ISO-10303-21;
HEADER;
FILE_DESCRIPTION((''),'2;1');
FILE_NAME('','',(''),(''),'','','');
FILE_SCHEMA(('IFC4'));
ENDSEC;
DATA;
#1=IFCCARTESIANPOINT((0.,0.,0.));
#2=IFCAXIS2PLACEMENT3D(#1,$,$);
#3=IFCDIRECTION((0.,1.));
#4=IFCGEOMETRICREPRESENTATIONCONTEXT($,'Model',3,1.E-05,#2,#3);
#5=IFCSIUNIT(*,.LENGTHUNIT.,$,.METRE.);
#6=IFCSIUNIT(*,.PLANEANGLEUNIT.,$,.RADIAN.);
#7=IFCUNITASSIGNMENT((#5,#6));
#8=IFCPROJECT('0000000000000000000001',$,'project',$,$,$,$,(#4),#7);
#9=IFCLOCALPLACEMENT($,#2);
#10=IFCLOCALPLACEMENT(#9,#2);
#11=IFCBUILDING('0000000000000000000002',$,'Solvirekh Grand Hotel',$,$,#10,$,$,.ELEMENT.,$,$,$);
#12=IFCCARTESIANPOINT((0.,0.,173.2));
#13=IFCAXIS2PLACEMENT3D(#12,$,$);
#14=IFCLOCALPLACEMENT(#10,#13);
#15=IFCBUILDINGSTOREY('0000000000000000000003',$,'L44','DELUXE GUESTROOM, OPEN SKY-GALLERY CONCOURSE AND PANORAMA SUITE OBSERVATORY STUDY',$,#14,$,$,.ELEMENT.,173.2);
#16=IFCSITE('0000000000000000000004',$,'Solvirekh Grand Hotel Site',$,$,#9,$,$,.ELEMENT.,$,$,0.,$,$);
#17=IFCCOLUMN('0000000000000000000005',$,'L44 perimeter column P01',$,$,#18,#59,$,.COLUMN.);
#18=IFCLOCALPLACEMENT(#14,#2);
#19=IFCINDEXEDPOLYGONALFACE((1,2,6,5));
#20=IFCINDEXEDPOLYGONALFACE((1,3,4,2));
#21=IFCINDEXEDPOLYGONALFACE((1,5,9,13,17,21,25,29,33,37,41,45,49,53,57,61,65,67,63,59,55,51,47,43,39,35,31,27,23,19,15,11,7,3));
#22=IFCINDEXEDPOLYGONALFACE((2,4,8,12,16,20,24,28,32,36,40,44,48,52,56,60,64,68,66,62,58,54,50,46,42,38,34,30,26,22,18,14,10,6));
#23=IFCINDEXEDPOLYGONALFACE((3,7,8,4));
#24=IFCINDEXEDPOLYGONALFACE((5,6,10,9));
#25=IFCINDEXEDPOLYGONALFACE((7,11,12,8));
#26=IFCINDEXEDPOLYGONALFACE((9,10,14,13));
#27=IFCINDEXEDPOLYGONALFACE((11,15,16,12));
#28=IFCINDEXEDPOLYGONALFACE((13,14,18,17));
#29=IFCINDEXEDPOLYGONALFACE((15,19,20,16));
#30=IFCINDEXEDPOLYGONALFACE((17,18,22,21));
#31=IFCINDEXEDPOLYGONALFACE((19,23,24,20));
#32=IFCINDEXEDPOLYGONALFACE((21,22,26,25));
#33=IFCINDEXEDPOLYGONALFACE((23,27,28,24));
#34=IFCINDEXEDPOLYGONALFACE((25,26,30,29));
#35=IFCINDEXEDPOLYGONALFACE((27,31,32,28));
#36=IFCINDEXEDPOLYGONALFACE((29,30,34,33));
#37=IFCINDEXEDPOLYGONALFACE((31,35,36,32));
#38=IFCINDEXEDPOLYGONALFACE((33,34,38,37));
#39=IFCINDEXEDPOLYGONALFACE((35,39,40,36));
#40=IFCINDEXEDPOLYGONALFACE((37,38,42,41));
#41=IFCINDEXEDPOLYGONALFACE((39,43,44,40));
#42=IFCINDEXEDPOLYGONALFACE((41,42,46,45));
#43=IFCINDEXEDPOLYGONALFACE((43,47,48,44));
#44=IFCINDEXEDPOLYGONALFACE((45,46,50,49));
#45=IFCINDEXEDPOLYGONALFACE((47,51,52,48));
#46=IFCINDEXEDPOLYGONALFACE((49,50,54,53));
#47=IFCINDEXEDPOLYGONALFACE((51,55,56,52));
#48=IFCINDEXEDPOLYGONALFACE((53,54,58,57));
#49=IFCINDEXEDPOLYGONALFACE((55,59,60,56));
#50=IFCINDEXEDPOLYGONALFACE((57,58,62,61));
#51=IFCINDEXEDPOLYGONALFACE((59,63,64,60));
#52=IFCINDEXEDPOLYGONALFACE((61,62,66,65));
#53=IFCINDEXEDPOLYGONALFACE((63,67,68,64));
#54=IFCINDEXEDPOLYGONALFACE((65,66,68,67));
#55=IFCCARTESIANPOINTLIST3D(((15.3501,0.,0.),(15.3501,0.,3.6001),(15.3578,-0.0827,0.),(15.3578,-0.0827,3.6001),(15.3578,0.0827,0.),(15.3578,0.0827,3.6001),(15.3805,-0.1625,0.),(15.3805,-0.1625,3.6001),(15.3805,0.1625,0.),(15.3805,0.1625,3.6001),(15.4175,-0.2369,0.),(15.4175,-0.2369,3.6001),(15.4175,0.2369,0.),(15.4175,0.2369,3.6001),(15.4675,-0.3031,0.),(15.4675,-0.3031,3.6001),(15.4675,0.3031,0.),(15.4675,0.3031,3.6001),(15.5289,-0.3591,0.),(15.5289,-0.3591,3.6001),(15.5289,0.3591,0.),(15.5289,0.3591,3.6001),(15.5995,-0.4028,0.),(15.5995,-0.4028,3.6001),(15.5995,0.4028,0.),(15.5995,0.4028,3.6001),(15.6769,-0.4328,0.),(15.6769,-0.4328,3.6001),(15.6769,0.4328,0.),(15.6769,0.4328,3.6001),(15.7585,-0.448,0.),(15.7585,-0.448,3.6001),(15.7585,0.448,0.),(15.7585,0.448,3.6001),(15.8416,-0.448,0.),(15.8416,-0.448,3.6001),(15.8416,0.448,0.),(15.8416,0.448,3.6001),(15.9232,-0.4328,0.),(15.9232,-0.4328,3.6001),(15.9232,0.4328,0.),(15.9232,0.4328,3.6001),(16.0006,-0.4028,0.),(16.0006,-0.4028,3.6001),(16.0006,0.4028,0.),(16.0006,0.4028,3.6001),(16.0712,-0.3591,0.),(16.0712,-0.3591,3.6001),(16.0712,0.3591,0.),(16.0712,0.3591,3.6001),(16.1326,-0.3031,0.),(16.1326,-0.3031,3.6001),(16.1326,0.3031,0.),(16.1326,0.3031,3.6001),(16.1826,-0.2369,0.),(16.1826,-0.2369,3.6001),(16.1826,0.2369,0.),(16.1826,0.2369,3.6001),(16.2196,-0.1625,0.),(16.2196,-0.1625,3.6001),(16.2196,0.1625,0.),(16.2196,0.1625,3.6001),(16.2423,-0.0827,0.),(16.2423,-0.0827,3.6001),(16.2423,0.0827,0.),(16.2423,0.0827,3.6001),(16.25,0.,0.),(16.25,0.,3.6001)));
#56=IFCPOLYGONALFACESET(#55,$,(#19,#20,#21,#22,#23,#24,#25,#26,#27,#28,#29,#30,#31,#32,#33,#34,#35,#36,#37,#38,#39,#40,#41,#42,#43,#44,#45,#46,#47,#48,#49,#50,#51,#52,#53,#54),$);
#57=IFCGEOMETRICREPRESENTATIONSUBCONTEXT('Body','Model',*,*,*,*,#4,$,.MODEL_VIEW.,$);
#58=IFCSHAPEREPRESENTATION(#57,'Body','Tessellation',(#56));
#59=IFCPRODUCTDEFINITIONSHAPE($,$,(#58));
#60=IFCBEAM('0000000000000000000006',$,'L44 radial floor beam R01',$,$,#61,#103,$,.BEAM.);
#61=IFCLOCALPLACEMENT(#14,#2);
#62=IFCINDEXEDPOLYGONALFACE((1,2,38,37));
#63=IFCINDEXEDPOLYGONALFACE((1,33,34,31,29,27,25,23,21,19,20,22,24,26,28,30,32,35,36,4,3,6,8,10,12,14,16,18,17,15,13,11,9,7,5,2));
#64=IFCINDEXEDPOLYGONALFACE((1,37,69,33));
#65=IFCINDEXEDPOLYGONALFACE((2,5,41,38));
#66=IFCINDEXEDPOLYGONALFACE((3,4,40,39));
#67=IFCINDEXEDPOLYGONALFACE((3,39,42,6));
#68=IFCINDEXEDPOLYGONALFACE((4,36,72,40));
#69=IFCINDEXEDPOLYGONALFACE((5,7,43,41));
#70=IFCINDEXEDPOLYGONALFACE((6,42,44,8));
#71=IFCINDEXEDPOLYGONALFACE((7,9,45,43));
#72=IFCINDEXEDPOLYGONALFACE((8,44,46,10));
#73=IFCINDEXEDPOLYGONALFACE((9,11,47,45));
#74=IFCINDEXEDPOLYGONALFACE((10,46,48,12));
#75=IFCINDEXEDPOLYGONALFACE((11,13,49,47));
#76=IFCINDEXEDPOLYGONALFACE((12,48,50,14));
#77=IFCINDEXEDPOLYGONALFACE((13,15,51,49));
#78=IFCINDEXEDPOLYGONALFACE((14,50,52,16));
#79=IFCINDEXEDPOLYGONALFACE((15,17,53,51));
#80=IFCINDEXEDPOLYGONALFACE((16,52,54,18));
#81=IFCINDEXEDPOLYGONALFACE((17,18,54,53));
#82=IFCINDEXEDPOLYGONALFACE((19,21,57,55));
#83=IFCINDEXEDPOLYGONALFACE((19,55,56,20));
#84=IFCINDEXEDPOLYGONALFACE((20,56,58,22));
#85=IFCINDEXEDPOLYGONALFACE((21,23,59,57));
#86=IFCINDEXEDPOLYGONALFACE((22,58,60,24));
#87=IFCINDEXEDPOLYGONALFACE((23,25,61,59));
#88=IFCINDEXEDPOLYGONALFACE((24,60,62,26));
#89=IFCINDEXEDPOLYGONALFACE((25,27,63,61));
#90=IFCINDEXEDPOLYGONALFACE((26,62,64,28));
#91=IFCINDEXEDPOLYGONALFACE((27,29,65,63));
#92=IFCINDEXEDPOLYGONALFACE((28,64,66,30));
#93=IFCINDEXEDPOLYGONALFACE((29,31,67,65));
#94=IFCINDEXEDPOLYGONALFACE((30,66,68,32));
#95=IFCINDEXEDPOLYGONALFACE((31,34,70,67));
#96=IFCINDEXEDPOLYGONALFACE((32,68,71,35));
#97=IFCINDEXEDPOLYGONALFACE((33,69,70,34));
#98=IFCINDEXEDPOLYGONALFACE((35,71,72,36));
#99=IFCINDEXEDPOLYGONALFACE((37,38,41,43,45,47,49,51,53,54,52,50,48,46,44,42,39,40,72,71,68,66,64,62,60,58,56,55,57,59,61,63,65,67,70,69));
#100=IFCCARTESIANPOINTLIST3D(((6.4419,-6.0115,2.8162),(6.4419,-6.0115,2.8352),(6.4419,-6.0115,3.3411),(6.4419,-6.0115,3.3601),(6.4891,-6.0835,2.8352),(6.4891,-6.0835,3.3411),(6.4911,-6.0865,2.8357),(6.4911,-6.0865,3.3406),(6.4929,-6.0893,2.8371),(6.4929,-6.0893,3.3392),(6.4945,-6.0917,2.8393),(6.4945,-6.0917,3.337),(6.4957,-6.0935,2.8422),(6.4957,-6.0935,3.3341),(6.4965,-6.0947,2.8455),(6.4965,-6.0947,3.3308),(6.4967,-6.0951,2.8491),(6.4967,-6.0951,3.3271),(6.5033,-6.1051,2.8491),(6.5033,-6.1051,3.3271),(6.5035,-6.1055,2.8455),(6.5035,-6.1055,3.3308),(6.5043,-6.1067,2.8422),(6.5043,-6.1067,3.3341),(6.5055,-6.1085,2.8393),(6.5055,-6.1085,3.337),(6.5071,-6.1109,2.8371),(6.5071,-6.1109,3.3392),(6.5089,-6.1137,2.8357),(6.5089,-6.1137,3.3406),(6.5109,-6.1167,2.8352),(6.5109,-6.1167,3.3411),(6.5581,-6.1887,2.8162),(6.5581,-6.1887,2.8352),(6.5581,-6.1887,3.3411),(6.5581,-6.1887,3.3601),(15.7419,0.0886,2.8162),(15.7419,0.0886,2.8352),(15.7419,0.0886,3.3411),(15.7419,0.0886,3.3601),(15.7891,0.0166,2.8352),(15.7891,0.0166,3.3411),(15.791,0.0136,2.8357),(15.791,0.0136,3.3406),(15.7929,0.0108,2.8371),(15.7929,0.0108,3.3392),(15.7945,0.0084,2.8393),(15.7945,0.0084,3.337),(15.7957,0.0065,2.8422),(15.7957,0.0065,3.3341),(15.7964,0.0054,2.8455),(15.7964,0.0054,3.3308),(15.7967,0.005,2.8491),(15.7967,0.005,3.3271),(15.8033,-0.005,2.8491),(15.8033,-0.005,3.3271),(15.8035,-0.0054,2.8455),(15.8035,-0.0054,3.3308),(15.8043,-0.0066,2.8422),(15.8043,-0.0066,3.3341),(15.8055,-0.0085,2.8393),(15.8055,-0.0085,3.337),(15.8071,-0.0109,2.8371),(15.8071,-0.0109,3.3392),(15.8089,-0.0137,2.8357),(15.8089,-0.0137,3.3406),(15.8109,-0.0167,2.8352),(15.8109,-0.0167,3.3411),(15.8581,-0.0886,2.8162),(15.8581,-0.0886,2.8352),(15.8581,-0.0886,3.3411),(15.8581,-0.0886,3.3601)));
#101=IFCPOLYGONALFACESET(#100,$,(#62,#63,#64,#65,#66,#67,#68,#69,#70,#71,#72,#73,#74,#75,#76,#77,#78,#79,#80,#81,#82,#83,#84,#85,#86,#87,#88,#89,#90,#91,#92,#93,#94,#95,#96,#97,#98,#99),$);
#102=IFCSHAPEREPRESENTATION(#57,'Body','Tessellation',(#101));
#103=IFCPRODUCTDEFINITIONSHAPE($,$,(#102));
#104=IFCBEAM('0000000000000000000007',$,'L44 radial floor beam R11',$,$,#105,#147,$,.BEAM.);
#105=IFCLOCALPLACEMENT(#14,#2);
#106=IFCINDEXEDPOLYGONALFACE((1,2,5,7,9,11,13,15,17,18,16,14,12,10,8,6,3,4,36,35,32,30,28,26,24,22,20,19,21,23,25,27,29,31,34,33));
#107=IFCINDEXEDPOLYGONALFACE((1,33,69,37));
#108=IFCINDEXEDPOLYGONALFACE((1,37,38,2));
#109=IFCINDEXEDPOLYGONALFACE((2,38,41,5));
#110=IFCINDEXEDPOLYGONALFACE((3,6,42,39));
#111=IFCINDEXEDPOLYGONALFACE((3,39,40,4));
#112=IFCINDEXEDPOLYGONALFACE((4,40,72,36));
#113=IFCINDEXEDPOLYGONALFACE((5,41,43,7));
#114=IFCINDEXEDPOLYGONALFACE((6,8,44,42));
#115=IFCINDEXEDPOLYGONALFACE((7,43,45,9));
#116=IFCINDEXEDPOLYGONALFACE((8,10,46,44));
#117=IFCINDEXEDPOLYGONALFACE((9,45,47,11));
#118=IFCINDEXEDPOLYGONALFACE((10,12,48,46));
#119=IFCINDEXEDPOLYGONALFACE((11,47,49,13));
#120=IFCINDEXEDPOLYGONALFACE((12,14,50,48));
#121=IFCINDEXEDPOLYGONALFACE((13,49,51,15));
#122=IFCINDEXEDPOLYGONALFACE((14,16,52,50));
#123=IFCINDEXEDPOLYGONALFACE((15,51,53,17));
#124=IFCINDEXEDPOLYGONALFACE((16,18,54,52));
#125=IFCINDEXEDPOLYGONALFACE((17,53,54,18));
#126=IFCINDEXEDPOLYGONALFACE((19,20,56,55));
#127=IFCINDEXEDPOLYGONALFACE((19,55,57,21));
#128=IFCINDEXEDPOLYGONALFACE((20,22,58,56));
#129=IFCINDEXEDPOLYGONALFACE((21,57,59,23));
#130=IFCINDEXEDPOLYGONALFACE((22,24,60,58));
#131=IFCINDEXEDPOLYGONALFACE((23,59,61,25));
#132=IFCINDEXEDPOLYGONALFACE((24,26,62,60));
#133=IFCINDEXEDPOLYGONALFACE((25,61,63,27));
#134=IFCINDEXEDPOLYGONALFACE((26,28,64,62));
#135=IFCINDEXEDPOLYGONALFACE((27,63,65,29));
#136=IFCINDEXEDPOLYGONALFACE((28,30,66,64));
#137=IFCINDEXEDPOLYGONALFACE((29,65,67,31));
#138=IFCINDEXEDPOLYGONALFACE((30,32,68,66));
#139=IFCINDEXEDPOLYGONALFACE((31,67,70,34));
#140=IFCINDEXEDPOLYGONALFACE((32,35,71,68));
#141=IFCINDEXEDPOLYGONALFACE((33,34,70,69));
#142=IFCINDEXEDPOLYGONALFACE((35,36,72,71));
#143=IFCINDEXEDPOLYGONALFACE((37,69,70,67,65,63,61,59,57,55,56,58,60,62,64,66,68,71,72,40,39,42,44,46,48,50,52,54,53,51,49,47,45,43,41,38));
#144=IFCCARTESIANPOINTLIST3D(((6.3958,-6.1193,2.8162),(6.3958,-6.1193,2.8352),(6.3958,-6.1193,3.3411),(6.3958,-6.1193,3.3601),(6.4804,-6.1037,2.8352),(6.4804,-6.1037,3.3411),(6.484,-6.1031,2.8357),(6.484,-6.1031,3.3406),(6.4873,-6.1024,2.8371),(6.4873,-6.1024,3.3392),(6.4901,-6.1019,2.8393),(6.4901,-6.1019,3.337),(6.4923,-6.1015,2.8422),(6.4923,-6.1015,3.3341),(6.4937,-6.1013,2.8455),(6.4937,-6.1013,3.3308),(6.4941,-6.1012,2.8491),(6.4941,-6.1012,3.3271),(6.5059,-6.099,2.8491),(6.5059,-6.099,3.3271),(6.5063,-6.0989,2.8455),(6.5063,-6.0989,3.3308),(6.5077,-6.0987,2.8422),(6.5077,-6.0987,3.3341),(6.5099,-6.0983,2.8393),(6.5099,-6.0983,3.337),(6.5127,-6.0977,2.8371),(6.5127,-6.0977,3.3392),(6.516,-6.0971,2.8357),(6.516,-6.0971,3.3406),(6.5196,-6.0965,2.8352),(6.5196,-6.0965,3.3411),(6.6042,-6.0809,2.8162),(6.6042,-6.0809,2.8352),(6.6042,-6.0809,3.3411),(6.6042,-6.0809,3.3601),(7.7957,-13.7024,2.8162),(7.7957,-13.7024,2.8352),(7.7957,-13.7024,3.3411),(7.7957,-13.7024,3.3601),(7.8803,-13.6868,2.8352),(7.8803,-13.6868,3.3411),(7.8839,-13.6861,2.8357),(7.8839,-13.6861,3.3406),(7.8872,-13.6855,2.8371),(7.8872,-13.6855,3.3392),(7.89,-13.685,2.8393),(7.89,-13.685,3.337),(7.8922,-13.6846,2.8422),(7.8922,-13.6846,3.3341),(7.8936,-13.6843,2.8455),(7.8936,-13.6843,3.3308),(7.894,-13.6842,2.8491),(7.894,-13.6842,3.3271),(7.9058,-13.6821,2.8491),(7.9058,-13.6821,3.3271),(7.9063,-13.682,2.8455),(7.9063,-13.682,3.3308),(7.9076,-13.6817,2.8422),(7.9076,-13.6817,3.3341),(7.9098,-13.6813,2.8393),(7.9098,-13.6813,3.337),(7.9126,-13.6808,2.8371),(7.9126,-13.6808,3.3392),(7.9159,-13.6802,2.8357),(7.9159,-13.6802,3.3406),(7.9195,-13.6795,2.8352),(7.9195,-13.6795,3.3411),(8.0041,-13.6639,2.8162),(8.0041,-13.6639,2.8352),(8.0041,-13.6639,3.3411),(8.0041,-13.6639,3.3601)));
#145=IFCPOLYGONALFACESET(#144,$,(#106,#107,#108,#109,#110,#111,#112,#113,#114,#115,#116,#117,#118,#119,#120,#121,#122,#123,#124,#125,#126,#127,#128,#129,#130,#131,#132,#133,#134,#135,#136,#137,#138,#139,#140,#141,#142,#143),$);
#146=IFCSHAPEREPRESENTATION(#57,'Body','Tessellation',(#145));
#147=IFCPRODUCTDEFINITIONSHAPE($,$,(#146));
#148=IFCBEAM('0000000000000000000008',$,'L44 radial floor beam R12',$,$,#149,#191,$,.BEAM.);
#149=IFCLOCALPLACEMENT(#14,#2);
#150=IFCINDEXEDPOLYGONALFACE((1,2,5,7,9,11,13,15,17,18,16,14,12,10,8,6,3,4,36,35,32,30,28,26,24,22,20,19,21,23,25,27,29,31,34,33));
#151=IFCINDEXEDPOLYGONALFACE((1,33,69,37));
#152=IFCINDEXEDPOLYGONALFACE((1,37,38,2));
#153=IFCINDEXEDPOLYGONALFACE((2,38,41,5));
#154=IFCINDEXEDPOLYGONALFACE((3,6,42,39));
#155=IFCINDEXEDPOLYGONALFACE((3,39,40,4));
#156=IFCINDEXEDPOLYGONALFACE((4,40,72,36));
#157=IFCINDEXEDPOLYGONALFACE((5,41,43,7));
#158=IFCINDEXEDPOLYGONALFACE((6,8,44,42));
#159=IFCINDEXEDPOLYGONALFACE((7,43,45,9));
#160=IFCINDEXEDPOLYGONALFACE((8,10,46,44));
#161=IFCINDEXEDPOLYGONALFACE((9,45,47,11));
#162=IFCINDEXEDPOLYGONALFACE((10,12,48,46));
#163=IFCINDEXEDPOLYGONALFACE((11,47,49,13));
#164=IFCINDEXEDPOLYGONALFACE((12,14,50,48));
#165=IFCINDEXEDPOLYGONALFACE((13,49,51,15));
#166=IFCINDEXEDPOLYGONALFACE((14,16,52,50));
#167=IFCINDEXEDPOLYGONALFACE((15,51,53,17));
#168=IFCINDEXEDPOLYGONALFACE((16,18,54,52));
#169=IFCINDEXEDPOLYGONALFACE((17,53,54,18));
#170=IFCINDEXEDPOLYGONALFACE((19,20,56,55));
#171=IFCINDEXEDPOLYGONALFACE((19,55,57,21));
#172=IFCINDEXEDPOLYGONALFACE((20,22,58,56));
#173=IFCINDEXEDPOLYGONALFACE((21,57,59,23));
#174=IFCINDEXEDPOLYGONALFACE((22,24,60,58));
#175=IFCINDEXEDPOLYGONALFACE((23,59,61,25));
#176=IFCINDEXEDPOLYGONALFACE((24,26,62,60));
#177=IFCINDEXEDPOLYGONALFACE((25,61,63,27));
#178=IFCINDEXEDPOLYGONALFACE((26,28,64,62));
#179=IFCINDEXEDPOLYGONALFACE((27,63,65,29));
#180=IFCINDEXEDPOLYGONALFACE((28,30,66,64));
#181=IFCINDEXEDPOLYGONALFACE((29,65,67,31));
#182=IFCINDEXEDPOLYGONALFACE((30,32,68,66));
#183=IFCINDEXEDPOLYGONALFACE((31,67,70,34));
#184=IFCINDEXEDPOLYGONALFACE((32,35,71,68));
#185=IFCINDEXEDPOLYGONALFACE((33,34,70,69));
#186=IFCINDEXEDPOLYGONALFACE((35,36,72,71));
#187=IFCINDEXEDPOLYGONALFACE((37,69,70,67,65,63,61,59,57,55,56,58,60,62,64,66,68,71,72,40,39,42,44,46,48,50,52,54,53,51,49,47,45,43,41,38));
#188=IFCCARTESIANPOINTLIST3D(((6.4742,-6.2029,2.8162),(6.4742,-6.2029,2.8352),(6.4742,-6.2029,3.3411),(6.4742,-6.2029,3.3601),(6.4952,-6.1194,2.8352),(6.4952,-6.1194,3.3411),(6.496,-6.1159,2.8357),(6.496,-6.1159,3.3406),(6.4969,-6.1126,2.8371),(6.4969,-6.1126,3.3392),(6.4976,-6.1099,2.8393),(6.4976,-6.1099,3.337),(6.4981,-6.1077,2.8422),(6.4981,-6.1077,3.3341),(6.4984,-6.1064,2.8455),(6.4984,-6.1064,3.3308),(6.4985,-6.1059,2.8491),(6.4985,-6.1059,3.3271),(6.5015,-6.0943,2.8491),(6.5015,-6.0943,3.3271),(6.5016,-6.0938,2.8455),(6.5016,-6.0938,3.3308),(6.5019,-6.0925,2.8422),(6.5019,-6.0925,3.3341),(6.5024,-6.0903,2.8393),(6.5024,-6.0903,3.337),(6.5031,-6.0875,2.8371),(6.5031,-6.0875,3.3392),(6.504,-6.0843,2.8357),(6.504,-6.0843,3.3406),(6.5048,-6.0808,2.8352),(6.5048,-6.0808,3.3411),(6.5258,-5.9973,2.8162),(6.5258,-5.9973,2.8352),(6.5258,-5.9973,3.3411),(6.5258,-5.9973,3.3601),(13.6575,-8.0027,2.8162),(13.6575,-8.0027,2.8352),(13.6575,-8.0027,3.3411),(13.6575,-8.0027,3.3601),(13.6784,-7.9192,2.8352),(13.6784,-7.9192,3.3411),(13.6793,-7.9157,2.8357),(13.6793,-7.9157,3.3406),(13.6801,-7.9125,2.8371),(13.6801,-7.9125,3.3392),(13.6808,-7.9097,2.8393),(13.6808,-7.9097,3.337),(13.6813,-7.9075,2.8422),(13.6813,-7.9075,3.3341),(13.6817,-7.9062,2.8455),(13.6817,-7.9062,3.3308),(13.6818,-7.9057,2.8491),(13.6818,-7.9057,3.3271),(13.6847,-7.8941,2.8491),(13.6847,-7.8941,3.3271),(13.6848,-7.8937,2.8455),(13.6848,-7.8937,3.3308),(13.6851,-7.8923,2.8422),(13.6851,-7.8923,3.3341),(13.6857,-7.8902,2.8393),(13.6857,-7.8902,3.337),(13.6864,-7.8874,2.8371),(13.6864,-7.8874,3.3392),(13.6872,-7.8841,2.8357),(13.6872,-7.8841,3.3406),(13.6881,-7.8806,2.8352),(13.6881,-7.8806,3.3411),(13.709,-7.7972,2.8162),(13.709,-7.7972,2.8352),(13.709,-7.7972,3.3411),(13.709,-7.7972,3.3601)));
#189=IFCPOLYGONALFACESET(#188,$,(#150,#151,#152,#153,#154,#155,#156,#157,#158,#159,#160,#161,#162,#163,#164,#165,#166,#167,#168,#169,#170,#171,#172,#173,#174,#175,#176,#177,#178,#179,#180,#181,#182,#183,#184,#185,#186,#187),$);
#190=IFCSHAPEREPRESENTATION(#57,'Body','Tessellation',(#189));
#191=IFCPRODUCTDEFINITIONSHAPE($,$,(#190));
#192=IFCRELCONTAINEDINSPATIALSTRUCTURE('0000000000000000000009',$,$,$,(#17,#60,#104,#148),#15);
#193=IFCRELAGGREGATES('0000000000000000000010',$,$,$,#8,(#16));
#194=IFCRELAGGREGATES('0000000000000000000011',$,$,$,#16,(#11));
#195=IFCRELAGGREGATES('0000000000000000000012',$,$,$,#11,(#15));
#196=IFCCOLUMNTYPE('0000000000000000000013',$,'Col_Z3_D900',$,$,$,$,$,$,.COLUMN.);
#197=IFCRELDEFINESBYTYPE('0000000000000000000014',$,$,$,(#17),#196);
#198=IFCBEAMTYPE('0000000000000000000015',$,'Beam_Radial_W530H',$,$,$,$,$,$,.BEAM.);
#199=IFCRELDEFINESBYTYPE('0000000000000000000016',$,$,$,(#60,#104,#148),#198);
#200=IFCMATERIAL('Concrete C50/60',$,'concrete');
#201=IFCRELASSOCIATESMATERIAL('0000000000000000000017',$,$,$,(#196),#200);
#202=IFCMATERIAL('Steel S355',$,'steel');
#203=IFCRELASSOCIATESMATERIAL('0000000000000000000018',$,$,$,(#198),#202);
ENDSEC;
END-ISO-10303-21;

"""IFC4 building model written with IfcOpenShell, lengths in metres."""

from ifc_helpers import new_model, si_unit, direction, frame, origin, origin_2d, place, context, subcontext, project, spatial, circle, i_section, extrude, material, material_profile, profile_set, type_object, element, save


model = new_model("IFC4")

# Units and contexts
model_context = context("Model", 3, precision=1e-05, world=origin(), true_north=direction((0.0, 1.0)))
body_context = subcontext(model_context, "Body", "Model", "MODEL_VIEW")
ifc_project = project(units=[si_unit("LENGTHUNIT", "METRE"), si_unit("PLANEANGLEUNIT", "RADIAN")], contexts=[model_context])

# Site, building, storey
site_placement = place(None, origin())
site = spatial("IfcSite", under=ifc_project, at=site_placement, Name="Solvirekh Grand Hotel Site", CompositionType="ELEMENT", RefElevation=0.0)
building_placement = place(site_placement, origin())
building = spatial("IfcBuilding", under=site, at=building_placement, Name="Solvirekh Grand Hotel", CompositionType="ELEMENT")
storey_placement = place(building_placement, frame((0.0, 0.0, 173.2)))
storey = spatial("IfcBuildingStorey", under=building, at=storey_placement, Name="L44", Description="DELUXE GUESTROOM, OPEN SKY-GALLERY CONCOURSE AND PANORAMA SUITE OBSERVATORY STUDY", CompositionType="ELEMENT", Elevation=173.2)

# Column
ifc_material_1 = material(Name="Concrete C50/60", Category="concrete")
ifc_material_profile_1 = material_profile(ifc_material_1, circle(Radius=0.45, at=origin_2d()), Name="RC CIRC D900")
ifc_profile_set_1 = profile_set([ifc_material_profile_1], Name="Concrete C50/60")
column_type = type_object("IfcColumnType", Name="Col_Z3_D900", PredefinedType="COLUMN", material=ifc_profile_set_1)
column_placement = place(storey_placement, frame((15.8, 0.0, 0.0), z_axis=(0.0, 0.0, 1.0), x_axis=(1.0, 0.0, 0.0)))
element("IfcColumn", 1, at=column_placement, inside=storey, type_object=column_type, Name="L44 perimeter column P01", PredefinedType="COLUMN", context=body_context, shape_type="SweptSolid", body=[
    extrude(circle(Radius=0.45, at=origin_2d()), origin(), (0.0, 0.0, 1.0), 3.6001),
])

# Beams
ifc_material_2 = material(Name="Steel S355", Category="steel")
ifc_material_profile_2 = material_profile(ifc_material_2, i_section(OverallWidth=0.2119, OverallDepth=0.5439, WebThickness=0.012, FlangeThickness=0.019, FilletRadius=0.0139, at=origin_2d()), Name="W530X123")
ifc_profile_set_2 = profile_set([ifc_material_profile_2], Name="Steel S355")
beam_type_1 = type_object("IfcBeamType", Name="Beam_Radial_W530H", PredefinedType="BEAM", material=ifc_profile_set_2)
beam_1_placement = place(storey_placement, frame((6.5, -6.1001, 3.0881), z_axis=(0.836174, 0.548464, 0.0), x_axis=(-0.548464, 0.836174, 0.0)))
element("IfcBeam", 2, at=beam_1_placement, inside=storey, type_object=beam_type_1, Name="L44 radial floor beam R01", PredefinedType="BEAM", context=body_context, shape_type="SweptSolid", body=[
    extrude(i_section(OverallWidth=0.2119, OverallDepth=0.5439, WebThickness=0.012, FlangeThickness=0.019, FilletRadius=0.0139, at=origin_2d()), origin(), (0.0, 0.0, 1.0), 11.1221),
])
beam_2_placement = place(storey_placement, frame((6.5, -6.1001, 3.0881), z_axis=(0.181543, -0.983383, 0.0), x_axis=(0.983383, 0.181543, 0.0)))
element("IfcBeam", 3, at=beam_2_placement, inside=storey, type_object=beam_type_1, Name="L44 radial floor beam R11", PredefinedType="BEAM", context=body_context, shape_type="SweptSolid", body=[
    extrude(i_section(OverallWidth=0.2119, OverallDepth=0.5439, WebThickness=0.012, FlangeThickness=0.019, FilletRadius=0.0139, at=origin_2d()), origin(), (0.0, 0.0, 1.0), 7.7112),
])
beam_3_placement = place(storey_placement, frame((6.5, -6.1001, 3.0881), z_axis=(0.970014, -0.243048, 0.0), x_axis=(0.243048, 0.970014, 0.0)))
element("IfcBeam", 4, at=beam_3_placement, inside=storey, type_object=beam_type_1, Name="L44 radial floor beam R12", PredefinedType="BEAM", context=body_context, shape_type="SweptSolid", body=[
    extrude(i_section(OverallWidth=0.2119, OverallDepth=0.5439, WebThickness=0.012, FlangeThickness=0.019, FilletRadius=0.0139, at=origin_2d()), origin(), (0.0, 0.0, 1.0), 7.4053),
])

save(model, "model.ifc")
